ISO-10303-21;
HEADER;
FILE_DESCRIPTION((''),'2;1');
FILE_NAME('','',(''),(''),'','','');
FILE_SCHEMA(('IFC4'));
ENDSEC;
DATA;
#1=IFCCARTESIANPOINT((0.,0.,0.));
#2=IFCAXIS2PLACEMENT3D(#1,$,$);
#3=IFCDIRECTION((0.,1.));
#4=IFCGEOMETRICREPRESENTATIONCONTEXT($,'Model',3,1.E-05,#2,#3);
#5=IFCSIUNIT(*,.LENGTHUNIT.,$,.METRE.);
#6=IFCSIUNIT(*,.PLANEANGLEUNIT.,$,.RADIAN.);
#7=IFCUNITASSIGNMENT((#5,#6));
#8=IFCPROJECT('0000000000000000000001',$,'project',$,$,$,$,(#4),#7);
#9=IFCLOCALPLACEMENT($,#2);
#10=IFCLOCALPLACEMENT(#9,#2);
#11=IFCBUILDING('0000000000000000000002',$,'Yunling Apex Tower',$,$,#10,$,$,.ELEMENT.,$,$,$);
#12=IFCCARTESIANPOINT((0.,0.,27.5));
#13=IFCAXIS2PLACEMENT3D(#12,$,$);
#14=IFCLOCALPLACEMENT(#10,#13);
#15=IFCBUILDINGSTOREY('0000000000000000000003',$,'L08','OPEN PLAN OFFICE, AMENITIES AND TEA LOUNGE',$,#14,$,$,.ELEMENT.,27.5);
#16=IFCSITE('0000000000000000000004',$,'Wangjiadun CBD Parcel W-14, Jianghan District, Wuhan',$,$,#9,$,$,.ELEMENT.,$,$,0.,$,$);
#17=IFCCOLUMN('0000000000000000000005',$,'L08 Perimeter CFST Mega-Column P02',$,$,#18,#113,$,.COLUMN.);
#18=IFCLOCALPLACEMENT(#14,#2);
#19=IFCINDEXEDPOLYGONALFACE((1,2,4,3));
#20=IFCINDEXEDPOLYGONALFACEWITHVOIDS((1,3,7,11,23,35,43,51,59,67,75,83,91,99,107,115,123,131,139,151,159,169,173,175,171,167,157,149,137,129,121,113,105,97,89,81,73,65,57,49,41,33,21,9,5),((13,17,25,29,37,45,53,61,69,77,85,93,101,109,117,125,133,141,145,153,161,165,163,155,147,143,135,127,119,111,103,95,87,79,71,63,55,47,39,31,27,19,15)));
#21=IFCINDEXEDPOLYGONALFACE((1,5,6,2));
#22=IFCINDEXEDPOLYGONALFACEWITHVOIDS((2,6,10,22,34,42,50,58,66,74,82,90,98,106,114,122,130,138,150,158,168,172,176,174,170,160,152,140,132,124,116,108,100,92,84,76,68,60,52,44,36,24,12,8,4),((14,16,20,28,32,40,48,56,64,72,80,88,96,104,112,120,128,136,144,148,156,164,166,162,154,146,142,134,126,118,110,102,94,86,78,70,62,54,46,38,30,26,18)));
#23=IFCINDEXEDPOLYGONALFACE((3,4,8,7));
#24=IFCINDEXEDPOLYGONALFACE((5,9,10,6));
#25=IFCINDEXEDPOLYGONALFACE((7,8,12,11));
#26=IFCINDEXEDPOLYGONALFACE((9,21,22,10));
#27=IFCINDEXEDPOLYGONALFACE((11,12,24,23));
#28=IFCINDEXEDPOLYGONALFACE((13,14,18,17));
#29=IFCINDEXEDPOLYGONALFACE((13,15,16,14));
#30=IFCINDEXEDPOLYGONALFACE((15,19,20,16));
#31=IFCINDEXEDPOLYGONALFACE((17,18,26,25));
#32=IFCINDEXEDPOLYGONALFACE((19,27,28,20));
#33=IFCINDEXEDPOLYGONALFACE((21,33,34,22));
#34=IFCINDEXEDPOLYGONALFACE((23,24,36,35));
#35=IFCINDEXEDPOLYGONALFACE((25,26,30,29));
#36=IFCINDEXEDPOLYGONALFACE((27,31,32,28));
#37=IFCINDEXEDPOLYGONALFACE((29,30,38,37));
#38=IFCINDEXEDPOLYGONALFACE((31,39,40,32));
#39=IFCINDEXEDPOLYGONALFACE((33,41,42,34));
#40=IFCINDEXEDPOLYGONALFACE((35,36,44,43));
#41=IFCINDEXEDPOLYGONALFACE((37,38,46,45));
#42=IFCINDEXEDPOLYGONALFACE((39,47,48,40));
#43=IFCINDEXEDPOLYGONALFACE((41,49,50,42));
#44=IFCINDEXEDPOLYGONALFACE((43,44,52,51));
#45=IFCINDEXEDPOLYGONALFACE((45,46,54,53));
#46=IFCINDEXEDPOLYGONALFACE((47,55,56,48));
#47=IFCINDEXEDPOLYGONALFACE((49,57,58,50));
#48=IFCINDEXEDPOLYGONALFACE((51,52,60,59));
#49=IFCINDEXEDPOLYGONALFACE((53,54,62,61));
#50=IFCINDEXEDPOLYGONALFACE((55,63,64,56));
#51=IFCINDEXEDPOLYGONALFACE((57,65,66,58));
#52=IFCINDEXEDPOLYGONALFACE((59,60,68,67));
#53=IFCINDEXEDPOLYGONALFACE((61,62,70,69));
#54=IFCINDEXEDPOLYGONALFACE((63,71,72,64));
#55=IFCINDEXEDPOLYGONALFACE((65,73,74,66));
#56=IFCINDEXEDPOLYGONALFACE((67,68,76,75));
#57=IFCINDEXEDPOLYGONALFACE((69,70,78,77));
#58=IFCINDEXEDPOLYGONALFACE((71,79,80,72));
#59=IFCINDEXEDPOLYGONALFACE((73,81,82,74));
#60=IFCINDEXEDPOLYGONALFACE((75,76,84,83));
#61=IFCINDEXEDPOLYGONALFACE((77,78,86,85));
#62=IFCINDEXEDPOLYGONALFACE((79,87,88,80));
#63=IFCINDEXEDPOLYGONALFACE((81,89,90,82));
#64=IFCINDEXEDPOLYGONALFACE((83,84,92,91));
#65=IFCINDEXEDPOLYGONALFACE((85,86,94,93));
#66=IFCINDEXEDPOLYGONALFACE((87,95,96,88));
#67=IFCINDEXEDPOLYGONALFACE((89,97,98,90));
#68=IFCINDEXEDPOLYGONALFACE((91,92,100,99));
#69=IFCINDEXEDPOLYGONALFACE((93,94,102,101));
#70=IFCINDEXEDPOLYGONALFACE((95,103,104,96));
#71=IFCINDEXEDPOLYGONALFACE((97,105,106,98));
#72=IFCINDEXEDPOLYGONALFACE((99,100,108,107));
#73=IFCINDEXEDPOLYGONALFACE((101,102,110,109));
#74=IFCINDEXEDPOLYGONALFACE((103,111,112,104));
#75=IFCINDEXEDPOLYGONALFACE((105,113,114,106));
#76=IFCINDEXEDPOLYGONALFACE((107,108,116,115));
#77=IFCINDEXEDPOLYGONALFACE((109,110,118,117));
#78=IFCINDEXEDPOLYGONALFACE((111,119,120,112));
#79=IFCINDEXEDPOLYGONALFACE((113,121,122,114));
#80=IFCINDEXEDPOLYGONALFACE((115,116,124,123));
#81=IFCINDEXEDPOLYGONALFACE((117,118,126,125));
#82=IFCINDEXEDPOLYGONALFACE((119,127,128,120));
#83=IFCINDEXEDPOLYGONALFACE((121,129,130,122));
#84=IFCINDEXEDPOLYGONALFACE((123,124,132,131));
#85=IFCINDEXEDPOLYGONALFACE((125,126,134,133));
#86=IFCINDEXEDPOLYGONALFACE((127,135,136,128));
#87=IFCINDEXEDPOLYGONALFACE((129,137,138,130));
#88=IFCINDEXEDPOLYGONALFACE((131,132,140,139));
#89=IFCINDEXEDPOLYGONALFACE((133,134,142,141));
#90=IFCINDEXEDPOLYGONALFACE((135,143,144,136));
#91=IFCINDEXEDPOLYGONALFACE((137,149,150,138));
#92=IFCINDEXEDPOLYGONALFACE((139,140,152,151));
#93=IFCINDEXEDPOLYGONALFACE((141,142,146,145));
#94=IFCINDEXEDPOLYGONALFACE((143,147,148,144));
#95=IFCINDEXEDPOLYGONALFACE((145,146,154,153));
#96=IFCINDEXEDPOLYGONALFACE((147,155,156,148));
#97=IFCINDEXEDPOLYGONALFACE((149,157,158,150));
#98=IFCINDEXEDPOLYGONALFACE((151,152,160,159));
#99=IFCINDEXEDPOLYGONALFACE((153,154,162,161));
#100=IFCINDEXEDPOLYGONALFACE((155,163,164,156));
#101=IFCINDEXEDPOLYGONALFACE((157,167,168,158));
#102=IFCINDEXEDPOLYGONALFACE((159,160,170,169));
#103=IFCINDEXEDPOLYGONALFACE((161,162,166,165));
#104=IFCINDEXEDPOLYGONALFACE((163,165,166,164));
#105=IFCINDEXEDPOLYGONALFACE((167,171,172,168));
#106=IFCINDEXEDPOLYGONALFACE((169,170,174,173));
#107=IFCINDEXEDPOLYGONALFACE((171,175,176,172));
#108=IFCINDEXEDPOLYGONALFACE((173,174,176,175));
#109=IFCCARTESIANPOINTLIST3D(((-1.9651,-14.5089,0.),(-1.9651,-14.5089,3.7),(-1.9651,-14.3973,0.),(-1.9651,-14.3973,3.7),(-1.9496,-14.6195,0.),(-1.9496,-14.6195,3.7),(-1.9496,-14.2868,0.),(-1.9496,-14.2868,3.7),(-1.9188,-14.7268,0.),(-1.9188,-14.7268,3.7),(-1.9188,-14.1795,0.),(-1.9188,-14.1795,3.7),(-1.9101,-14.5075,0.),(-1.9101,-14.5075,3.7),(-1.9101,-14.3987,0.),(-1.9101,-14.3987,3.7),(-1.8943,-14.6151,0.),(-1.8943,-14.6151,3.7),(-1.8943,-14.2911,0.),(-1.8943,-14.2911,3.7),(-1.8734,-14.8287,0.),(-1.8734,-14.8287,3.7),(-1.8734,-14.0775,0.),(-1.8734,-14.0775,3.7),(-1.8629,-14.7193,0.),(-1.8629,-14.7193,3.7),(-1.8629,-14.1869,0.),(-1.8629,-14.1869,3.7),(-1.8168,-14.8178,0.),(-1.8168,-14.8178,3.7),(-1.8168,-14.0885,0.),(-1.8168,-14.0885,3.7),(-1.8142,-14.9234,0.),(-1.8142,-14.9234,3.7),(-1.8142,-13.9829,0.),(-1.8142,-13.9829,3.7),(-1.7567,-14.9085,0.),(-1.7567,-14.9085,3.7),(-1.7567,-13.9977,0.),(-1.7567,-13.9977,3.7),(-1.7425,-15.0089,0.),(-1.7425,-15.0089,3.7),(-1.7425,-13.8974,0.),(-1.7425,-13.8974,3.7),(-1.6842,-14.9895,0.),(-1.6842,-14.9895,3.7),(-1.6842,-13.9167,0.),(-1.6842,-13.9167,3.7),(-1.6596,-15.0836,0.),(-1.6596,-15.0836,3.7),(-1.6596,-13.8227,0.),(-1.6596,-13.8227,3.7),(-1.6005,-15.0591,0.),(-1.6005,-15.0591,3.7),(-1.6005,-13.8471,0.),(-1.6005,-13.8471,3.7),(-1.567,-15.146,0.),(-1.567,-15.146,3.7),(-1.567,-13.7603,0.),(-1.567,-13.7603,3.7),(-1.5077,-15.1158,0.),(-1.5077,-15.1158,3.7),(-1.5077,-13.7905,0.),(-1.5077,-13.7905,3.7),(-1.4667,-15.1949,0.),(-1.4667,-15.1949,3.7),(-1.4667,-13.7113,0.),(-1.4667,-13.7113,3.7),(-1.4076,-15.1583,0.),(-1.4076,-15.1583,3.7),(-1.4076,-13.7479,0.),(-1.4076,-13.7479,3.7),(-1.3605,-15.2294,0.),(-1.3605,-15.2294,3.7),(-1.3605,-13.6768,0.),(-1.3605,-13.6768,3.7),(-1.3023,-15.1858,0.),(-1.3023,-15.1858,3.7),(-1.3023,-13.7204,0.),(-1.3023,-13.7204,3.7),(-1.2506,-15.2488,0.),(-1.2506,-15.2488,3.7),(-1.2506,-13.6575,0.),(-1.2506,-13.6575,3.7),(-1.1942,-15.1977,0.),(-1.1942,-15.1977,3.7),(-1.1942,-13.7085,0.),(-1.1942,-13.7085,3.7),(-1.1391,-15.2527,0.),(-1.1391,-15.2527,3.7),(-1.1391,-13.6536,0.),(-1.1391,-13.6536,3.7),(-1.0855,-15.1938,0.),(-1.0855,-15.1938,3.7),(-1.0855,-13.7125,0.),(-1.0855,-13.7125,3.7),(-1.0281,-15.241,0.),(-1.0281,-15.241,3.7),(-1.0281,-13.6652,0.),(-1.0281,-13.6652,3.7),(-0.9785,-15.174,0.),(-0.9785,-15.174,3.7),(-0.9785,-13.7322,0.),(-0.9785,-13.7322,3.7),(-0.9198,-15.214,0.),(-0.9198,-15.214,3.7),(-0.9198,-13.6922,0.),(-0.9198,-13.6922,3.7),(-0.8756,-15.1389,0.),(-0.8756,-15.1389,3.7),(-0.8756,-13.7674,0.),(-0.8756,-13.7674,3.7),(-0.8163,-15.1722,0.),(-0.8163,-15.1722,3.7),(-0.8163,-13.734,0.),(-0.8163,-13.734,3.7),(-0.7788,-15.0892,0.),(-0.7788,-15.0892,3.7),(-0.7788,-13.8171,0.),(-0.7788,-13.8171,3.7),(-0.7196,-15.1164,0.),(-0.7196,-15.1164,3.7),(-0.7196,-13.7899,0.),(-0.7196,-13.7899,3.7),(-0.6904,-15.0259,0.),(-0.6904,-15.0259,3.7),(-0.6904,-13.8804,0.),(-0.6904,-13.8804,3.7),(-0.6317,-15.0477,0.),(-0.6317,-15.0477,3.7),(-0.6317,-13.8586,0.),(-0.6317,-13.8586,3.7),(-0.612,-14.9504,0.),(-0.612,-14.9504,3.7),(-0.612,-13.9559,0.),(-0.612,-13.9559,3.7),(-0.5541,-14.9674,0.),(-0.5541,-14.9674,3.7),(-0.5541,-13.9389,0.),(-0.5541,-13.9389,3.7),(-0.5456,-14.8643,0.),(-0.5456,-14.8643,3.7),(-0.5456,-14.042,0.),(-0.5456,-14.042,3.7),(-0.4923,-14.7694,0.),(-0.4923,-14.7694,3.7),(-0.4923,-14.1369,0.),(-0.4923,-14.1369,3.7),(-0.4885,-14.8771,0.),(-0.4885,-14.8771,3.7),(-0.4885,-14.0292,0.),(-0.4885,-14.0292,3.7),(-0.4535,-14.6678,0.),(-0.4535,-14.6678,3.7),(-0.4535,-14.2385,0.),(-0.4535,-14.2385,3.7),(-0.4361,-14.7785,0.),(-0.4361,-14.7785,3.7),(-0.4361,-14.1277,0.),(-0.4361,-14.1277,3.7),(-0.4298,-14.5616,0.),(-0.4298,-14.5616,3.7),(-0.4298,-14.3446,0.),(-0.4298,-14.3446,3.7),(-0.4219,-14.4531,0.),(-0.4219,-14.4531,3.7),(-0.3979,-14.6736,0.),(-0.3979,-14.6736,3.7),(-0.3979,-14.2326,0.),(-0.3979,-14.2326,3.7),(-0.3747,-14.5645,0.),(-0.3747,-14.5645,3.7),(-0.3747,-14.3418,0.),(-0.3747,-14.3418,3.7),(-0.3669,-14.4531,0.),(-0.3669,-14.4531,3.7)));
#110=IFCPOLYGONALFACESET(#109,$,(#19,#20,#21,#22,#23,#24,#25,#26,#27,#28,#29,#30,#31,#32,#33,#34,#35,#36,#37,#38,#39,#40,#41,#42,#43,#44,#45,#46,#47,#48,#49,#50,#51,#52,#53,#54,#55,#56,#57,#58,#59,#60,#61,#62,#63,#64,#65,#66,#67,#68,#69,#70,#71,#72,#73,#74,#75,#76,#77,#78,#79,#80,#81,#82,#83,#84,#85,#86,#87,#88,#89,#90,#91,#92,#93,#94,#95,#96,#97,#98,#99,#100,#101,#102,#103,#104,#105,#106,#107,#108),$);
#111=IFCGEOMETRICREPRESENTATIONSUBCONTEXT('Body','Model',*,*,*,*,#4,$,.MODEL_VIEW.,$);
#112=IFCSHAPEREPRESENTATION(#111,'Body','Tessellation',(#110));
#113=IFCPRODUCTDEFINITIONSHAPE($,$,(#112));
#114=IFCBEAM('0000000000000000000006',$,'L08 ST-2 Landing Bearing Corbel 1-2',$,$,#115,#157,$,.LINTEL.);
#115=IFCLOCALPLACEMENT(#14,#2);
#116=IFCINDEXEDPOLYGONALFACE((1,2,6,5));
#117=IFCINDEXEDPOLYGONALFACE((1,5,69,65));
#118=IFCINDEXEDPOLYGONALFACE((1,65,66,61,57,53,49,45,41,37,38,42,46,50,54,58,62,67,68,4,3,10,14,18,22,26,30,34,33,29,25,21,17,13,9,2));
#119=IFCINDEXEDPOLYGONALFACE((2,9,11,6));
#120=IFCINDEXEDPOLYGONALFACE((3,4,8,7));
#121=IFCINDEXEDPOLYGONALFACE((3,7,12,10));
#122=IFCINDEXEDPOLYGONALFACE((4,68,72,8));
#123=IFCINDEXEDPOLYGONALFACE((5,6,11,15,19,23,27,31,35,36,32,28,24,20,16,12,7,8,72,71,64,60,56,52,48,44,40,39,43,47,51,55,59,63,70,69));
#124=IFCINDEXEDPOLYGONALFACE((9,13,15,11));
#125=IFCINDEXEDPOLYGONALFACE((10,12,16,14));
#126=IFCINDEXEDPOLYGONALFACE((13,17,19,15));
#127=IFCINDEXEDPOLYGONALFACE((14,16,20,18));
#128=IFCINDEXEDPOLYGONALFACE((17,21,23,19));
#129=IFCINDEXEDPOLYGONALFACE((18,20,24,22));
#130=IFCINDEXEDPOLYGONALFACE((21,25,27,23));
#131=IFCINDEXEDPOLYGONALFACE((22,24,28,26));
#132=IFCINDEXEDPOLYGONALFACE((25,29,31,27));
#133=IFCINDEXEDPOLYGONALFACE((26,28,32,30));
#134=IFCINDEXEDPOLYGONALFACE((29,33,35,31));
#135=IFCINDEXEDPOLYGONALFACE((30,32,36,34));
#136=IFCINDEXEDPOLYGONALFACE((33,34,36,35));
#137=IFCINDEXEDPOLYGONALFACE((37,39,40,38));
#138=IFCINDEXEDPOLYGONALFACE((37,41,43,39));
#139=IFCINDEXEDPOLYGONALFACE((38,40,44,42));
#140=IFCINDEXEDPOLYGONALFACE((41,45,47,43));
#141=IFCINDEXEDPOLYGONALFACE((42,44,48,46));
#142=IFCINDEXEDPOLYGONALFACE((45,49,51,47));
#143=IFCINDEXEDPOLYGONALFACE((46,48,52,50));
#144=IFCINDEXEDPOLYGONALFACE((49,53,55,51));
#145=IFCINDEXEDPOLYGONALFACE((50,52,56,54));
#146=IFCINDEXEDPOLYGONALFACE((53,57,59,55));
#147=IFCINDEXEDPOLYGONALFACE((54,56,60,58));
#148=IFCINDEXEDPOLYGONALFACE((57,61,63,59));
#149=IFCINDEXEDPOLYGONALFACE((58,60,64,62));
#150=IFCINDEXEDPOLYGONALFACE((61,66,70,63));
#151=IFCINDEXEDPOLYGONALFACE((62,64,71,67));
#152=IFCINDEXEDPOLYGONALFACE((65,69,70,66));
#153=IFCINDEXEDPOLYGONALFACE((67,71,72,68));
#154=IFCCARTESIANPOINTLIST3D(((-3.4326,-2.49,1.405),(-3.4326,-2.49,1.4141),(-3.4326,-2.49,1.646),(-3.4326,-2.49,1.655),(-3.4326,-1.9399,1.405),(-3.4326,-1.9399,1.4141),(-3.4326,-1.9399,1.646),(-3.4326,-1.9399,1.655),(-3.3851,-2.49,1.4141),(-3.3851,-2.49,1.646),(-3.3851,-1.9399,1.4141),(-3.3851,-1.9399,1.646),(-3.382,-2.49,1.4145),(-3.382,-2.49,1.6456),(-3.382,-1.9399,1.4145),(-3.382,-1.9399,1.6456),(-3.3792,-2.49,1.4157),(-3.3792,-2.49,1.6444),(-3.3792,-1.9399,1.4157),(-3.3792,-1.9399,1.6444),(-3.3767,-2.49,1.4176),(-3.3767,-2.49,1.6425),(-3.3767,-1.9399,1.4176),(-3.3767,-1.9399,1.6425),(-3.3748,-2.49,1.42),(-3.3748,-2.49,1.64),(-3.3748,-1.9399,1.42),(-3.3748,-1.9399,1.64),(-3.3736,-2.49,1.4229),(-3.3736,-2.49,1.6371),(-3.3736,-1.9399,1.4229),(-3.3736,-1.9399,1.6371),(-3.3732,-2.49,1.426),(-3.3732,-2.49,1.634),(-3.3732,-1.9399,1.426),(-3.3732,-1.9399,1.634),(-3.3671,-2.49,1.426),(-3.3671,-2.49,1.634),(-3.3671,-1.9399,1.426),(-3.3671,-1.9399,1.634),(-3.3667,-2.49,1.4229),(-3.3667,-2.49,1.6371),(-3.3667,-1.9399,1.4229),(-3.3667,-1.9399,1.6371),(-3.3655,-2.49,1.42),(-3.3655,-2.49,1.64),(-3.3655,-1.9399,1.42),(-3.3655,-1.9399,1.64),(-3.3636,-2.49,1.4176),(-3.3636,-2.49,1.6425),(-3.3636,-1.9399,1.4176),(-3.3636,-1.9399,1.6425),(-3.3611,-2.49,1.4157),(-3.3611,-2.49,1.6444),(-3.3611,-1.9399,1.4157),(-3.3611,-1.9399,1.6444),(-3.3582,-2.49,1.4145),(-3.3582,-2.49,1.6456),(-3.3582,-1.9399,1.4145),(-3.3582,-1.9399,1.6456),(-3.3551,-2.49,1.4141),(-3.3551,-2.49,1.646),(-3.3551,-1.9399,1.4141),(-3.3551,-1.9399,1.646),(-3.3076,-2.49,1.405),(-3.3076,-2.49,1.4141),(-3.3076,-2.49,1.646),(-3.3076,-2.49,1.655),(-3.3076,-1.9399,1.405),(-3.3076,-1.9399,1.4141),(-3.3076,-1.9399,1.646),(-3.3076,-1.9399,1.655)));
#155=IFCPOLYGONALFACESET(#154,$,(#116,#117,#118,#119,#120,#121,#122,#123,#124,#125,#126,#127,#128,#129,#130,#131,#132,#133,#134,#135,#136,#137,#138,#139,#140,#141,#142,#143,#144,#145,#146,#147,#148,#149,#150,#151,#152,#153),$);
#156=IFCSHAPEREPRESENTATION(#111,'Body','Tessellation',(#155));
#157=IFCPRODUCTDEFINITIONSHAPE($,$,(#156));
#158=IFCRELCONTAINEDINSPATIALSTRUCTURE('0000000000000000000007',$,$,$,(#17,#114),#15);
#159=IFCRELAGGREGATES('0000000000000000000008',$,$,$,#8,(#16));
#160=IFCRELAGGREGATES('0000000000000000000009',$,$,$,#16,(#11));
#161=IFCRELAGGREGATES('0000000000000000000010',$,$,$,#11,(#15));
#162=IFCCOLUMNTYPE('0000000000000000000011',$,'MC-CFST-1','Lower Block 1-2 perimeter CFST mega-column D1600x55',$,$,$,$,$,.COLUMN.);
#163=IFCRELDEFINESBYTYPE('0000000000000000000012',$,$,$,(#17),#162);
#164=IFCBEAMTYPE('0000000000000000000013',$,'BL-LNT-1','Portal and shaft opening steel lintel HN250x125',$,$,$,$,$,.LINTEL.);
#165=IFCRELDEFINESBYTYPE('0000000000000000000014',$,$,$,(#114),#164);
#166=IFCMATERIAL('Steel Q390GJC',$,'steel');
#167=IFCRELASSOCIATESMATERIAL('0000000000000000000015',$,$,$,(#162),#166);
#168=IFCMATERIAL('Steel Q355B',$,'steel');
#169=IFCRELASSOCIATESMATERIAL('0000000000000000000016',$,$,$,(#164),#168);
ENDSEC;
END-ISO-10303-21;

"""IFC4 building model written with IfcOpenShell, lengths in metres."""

from ifc_helpers import new_model, si_unit, direction, frame, origin, origin_2d, place, context, subcontext, project, spatial, hollow_circle, i_section, extrude, source, transform, mapped, material, material_profile, profile_set, type_object, element, save


model = new_model("IFC4")

# Units and contexts
model_context = context("Model", 3, precision=1e-05, world=origin(), true_north=direction((0.0, 1.0)))
body_context = subcontext(model_context, "Body", "Model", "MODEL_VIEW")
ifc_project = project(units=[si_unit("LENGTHUNIT", "METRE"), si_unit("PLANEANGLEUNIT", "RADIAN")], contexts=[model_context])

# Site, building, storey
site_placement = place(None, origin())
site = spatial("IfcSite", under=ifc_project, at=site_placement, Name="Wangjiadun CBD Parcel W-14, Jianghan District, Wuhan", CompositionType="ELEMENT", RefElevation=0.0)
building_placement = place(site_placement, origin())
building = spatial("IfcBuilding", under=site, at=building_placement, Name="Yunling Apex Tower", CompositionType="ELEMENT")
storey_placement = place(building_placement, frame((0.0, 0.0, 27.5)))
storey = spatial("IfcBuildingStorey", under=building, at=storey_placement, Name="L08", Description="OPEN PLAN OFFICE, AMENITIES AND TEA LOUNGE", CompositionType="ELEMENT", Elevation=27.5)

# Column
ifc_material_1 = material(Name="Steel Q390GJC", Category="steel")
ifc_material_profile_1 = material_profile(ifc_material_1, hollow_circle(Radius=0.8, WallThickness=0.0549, at=origin_2d()))
ifc_profile_set_1 = profile_set([ifc_material_profile_1], Name="Steel Q390GJC")
column_type = type_object("IfcColumnType", Name="MC-CFST-1", Description="Lower Block 1-2 perimeter CFST mega-column D1600x55", PredefinedType="COLUMN", material=ifc_profile_set_1)
shared_shape_1 = source(origin(), body_context, "Body", "SweptSolid", [
    extrude(hollow_circle(Radius=0.8, WallThickness=0.0549, at=origin_2d()), origin(), (0.0, 0.0, 1.0), 3.7),
])
column_placement = place(storey_placement, frame((-1.167, -14.4531, 0.0), z_axis=(0.0, 0.0, 1.0), x_axis=(1.0, 0.0, 0.0)))
element("IfcColumn", 1, at=column_placement, inside=storey, type_object=column_type, Name="L08 Perimeter CFST Mega-Column P02", PredefinedType="COLUMN", context=body_context, shape_type="MappedRepresentation", body=[
    mapped(shared_shape_1, transform((0.0, 0.0, 0.0), scale=1.0)),
])

# Beam
ifc_material_2 = material(Name="Steel Q355B", Category="steel")
ifc_material_profile_2 = material_profile(ifc_material_2, i_section(OverallWidth=0.125, OverallDepth=0.25, WebThickness=0.0061, FlangeThickness=0.009, FilletRadius=0.012, at=origin_2d()))
ifc_profile_set_2 = profile_set([ifc_material_profile_2], Name="Steel Q355B")
beam_type_1 = type_object("IfcBeamType", Name="BL-LNT-1", Description="Portal and shaft opening steel lintel HN250x125", PredefinedType="LINTEL", material=ifc_profile_set_2)
shared_shape_2 = source(origin(), body_context, "Body", "SweptSolid", [
    extrude(i_section(OverallWidth=0.125, OverallDepth=0.25, WebThickness=0.0061, FlangeThickness=0.009, FilletRadius=0.012, at=origin_2d()), origin(), (0.0, 0.0, 1.0), 0.55),
])
beam_1_placement = place(storey_placement, frame((-3.3701, -1.9399, 1.53), z_axis=(0.0, -1.0, 0.0), x_axis=(1.0, 0.0, 0.0)))
element("IfcBeam", 2, at=beam_1_placement, inside=storey, type_object=beam_type_1, Name="L08 ST-2 Landing Bearing Corbel 1-2", PredefinedType="LINTEL", context=body_context, shape_type="MappedRepresentation", body=[
    mapped(shared_shape_2, transform((0.0, 0.0, 0.0), scale=1.0)),
])

save(model, "model.ifc")
